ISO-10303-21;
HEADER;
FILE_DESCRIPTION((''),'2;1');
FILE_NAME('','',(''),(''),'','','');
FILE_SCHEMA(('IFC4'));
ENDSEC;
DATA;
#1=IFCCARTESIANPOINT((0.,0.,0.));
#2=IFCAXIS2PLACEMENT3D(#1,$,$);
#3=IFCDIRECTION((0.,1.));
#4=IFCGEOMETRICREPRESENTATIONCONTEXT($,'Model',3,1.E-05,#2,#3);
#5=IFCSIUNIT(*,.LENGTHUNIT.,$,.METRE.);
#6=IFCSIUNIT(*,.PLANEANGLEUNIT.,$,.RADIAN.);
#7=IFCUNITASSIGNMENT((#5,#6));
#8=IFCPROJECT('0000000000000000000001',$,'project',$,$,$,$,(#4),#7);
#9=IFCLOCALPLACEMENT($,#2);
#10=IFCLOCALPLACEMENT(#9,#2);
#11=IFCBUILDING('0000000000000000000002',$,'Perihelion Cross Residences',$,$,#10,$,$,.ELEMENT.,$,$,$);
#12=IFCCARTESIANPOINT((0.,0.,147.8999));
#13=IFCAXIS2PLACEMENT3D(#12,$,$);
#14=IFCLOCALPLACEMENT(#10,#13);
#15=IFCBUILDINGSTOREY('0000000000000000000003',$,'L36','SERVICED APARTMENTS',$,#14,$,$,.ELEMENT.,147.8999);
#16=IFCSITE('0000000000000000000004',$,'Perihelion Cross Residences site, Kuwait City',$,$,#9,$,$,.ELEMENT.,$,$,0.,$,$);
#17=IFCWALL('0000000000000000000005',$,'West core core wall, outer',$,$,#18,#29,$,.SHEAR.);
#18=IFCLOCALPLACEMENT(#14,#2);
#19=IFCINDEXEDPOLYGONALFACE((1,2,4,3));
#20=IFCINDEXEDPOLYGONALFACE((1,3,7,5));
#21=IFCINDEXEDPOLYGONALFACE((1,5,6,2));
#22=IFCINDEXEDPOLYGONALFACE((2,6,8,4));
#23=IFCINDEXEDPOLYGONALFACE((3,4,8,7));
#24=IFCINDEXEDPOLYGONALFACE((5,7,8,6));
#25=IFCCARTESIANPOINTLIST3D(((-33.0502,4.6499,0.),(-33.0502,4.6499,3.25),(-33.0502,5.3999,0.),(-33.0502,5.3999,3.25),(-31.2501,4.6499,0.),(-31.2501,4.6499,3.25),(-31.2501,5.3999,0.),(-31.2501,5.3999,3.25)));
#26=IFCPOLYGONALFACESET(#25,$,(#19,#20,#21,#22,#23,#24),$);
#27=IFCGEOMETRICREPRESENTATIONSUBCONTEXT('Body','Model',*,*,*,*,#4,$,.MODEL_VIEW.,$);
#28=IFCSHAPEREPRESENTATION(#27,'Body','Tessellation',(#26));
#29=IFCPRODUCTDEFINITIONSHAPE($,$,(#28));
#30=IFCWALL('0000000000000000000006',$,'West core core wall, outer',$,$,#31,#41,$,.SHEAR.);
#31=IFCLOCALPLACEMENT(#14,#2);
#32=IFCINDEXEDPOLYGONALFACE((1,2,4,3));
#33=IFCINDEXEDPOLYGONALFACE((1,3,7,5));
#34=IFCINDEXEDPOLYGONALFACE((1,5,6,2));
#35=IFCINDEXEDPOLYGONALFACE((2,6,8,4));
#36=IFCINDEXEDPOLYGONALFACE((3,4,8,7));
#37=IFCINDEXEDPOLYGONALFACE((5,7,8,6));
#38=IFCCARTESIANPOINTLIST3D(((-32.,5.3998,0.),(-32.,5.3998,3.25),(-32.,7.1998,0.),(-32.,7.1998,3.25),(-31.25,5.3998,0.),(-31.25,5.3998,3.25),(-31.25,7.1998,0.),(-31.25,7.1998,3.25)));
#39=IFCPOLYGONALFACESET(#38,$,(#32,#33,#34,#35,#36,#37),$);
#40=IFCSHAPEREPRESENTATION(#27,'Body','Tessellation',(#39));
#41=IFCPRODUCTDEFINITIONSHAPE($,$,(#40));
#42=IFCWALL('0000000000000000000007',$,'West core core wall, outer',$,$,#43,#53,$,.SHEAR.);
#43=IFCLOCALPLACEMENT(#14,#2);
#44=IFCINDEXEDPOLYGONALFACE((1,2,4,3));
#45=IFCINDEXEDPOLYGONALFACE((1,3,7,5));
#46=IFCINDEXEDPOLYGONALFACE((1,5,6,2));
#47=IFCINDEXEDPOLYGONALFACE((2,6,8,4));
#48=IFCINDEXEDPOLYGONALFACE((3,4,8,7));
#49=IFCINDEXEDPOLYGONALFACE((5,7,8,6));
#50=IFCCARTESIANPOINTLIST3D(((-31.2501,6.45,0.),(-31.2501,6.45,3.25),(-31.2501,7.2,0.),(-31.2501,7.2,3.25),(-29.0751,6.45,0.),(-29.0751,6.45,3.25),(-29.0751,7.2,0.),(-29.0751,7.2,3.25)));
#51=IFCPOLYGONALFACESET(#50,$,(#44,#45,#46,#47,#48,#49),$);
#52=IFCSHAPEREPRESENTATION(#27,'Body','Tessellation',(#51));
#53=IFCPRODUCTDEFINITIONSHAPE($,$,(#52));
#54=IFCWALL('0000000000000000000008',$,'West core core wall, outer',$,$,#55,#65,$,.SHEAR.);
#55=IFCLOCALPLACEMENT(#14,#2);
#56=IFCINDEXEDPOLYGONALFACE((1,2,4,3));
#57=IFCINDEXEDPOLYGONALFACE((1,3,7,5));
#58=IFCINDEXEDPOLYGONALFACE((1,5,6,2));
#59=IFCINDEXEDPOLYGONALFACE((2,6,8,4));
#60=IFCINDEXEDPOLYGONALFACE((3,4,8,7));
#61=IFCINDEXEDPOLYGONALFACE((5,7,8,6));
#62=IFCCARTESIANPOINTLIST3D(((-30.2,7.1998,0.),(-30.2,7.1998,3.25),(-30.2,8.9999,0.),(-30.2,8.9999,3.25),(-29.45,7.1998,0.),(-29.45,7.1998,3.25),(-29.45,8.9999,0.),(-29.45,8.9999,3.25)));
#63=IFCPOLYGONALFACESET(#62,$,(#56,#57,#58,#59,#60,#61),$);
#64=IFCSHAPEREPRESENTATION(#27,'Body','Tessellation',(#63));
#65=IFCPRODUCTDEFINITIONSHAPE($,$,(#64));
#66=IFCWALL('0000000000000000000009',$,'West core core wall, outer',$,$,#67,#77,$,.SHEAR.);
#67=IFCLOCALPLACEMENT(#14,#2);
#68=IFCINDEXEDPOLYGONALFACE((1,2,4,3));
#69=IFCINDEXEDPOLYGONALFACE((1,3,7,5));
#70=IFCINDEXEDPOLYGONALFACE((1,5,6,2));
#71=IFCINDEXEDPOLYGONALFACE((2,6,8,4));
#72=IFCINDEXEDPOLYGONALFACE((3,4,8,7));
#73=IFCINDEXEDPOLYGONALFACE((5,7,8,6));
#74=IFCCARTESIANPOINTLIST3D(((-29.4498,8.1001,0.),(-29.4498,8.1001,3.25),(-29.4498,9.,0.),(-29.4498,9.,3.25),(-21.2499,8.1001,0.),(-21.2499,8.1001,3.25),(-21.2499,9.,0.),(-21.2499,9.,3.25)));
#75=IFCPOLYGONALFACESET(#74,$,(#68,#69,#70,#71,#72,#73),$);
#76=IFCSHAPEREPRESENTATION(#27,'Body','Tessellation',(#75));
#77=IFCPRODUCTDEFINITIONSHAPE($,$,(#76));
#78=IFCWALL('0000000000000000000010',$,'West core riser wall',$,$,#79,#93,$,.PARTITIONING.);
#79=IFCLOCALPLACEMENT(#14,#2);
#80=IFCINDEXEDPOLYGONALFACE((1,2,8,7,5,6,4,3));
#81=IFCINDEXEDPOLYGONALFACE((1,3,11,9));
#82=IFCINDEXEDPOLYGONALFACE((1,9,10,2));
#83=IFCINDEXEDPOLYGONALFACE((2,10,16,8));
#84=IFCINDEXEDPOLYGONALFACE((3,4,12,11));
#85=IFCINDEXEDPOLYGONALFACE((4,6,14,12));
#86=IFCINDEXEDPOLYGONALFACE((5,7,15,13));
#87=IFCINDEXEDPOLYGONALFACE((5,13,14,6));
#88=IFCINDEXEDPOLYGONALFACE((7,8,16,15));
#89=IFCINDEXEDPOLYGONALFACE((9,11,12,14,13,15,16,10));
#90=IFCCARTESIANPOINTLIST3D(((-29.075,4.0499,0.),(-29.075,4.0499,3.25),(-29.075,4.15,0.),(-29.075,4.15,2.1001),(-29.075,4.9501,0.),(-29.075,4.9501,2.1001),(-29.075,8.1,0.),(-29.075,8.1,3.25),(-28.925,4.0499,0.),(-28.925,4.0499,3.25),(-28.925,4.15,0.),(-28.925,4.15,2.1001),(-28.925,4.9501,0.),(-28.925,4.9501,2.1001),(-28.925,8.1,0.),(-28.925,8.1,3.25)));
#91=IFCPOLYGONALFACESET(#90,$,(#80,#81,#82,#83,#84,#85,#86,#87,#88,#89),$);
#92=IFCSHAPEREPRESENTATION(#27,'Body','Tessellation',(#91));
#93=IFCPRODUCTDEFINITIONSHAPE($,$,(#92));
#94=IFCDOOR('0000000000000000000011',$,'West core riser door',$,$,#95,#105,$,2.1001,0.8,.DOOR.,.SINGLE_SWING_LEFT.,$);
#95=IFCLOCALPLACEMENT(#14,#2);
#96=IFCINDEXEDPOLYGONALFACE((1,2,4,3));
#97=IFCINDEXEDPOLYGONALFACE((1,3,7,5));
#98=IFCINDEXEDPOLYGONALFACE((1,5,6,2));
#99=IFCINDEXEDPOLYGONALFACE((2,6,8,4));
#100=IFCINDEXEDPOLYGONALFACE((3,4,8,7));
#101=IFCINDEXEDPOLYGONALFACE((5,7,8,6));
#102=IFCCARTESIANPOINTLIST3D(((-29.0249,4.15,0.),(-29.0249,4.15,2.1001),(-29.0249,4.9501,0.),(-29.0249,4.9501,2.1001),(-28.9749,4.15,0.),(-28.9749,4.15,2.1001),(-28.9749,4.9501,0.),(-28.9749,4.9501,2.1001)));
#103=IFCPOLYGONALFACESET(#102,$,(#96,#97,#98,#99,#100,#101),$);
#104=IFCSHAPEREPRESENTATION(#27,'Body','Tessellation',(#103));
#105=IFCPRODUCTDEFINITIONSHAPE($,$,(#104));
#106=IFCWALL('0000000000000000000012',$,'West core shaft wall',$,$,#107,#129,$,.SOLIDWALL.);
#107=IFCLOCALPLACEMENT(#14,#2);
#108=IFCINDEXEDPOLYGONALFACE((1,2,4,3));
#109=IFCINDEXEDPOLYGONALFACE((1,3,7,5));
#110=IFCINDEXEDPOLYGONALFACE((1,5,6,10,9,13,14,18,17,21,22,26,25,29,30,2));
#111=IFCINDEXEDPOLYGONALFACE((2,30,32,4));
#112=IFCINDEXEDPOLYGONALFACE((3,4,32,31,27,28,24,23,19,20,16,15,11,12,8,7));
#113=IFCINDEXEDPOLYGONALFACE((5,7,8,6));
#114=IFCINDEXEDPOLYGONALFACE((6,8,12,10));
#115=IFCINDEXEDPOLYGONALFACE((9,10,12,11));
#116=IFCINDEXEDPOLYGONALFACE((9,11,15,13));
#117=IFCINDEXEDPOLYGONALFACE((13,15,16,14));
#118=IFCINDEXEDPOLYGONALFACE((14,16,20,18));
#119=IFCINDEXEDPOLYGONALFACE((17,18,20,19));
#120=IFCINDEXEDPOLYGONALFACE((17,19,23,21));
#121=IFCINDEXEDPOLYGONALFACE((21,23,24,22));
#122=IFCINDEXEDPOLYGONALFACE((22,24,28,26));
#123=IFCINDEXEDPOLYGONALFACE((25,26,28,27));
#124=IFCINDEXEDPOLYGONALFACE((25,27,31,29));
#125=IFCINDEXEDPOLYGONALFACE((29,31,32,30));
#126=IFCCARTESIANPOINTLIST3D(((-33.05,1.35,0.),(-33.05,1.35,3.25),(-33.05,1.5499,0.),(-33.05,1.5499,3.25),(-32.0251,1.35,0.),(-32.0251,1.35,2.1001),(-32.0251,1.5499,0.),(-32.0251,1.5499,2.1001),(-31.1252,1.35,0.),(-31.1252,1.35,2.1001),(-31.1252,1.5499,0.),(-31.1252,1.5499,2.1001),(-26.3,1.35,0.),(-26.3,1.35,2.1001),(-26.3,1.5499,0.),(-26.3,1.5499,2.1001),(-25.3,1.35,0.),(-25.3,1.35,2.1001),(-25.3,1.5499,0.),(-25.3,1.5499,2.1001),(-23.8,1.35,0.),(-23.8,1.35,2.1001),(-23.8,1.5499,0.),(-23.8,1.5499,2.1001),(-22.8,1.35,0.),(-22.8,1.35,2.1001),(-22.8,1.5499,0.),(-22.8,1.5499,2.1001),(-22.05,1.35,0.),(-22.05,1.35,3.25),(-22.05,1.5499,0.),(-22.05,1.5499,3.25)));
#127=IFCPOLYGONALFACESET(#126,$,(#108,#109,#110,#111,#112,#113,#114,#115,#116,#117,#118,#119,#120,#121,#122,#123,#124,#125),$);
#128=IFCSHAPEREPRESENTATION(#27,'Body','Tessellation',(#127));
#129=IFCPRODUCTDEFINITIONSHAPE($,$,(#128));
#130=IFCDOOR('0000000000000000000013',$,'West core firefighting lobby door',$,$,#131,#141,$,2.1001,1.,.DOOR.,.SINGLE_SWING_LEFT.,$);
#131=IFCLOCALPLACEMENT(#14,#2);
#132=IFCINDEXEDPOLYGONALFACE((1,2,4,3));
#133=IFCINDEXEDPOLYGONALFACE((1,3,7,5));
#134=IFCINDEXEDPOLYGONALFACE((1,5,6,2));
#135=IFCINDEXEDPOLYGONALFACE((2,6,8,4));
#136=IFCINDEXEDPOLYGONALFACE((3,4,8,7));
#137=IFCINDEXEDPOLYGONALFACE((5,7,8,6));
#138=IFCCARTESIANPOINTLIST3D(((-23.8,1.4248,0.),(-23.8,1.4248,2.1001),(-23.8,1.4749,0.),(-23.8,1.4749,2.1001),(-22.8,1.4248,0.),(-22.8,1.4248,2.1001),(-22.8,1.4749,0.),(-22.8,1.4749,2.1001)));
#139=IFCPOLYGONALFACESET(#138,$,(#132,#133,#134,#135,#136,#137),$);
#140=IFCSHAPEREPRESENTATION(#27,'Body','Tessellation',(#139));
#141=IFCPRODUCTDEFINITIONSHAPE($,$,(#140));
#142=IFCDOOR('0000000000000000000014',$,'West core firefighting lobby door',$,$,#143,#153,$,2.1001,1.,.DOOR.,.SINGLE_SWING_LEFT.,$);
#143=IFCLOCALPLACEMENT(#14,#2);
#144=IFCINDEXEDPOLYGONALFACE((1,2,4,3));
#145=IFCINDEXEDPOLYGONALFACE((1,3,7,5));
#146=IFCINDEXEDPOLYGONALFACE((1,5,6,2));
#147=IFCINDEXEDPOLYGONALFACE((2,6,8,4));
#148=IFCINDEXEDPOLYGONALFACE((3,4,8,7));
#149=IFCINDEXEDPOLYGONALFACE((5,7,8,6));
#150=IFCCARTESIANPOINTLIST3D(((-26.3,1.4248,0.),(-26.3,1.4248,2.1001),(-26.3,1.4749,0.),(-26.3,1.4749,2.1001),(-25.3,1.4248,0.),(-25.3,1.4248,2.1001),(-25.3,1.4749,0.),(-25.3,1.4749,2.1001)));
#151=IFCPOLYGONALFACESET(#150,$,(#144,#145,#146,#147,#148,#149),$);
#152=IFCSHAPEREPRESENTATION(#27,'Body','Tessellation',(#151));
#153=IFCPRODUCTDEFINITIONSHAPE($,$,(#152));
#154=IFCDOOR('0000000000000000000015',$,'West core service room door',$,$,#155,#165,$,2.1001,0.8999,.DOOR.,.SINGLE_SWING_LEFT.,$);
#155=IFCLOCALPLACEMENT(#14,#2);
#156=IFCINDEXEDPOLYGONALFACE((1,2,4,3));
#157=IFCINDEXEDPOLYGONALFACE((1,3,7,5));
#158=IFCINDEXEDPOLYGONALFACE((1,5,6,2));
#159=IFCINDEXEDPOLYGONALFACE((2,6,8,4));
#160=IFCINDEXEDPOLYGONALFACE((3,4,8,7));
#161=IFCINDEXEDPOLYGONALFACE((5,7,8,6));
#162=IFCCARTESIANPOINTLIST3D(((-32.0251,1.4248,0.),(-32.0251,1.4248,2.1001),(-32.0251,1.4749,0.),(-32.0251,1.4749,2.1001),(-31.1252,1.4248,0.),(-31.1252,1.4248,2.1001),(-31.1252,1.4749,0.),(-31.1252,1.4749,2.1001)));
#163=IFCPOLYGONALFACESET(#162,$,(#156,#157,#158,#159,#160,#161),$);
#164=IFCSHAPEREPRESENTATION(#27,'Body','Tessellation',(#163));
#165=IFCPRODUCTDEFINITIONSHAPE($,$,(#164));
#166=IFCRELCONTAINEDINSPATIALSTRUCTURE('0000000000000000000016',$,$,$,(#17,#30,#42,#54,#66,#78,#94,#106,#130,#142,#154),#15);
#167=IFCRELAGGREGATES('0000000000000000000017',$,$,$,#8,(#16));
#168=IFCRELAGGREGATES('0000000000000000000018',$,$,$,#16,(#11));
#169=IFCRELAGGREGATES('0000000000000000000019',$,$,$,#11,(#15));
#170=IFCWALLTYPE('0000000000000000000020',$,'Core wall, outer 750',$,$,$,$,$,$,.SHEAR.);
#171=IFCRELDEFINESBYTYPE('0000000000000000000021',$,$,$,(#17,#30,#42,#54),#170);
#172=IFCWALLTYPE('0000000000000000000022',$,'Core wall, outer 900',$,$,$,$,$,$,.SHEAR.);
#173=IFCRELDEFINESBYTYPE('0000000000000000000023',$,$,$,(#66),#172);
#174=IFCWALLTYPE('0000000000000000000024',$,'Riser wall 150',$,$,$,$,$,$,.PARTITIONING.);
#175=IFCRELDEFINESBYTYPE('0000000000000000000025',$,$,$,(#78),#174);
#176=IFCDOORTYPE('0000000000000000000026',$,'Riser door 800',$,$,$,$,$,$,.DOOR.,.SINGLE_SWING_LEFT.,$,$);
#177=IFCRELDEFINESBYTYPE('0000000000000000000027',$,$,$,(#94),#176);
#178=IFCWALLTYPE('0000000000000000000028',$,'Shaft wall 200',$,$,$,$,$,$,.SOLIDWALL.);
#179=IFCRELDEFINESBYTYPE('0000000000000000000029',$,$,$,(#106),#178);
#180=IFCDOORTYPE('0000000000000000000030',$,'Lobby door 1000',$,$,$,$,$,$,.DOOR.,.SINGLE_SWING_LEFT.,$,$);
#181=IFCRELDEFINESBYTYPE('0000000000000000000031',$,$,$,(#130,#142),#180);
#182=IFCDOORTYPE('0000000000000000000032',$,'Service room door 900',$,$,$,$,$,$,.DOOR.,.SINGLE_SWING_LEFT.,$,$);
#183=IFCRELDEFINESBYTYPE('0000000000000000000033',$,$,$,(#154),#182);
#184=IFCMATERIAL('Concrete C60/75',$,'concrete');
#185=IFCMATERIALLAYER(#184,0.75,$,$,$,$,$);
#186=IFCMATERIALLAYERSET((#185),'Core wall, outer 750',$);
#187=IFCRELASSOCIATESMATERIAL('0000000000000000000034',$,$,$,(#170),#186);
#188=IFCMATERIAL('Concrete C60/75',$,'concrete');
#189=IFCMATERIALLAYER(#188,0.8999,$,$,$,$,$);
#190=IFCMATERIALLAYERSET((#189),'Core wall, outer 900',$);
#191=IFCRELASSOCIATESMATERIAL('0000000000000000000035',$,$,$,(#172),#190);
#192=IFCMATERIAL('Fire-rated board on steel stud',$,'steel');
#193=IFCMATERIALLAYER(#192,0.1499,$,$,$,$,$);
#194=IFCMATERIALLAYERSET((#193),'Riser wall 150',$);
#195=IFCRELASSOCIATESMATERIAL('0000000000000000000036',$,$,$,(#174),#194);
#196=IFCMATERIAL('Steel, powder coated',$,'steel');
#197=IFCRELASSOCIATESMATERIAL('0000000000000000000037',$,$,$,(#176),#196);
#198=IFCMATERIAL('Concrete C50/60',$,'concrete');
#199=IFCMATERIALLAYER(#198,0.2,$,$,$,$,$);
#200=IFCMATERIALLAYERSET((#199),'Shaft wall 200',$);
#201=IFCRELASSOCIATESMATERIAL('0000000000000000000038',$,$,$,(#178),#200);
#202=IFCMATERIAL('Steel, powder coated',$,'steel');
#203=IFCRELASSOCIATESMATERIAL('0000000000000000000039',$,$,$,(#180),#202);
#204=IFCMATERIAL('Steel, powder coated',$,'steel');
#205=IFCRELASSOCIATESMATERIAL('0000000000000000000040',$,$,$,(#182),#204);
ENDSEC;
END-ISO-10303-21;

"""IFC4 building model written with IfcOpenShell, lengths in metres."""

from ifc_helpers import new_model, si_unit, direction, frame, frame_2d, origin, place, context, subcontext, project, spatial, rectangle, extrude, material, layer, layer_set, type_object, element, fill, save


model = new_model("IFC4")

# Units and contexts
model_context = context("Model", 3, precision=1e-05, world=origin(), true_north=direction((0.0, 1.0)))
body_context = subcontext(model_context, "Body", "Model", "MODEL_VIEW")
ifc_project = project(units=[si_unit("LENGTHUNIT", "METRE"), si_unit("PLANEANGLEUNIT", "RADIAN")], contexts=[model_context])

# Site, building, storey
site_placement = place(None, origin())
site = spatial("IfcSite", under=ifc_project, at=site_placement, Name="Perihelion Cross Residences site, Kuwait City", CompositionType="ELEMENT", RefElevation=0.0)
building_placement = place(site_placement, origin())
building = spatial("IfcBuilding", under=site, at=building_placement, Name="Perihelion Cross Residences", CompositionType="ELEMENT")
storey_placement = place(building_placement, frame((0.0, 0.0, 147.8999)))
storey = spatial("IfcBuildingStorey", under=building, at=storey_placement, Name="L36", Description="SERVICED APARTMENTS", CompositionType="ELEMENT", Elevation=147.8999)

# Walls
ifc_material_1 = material(Name="Concrete C60/75", Category="concrete")
ifc_layer_1 = layer(ifc_material_1, 0.75)
ifc_layer_set_1 = layer_set([ifc_layer_1], Name="Core wall, outer 750")
wall_type_1 = type_object("IfcWallType", Name="Core wall, outer 750", PredefinedType="SHEAR", material=ifc_layer_set_1)
for number, where, z_axis, x_axis, name in (
    (1, (-33.05, 5.0249, 0.0), (0.0, 0.0, 1.0), (1.0, 0.0, 0.0), "West core core wall, outer"),
    (2, (-31.625, 5.3999, 0.0), (0.0, 0.0, 1.0), (0.0, 1.0, 0.0), "West core core wall, outer"),
):
    element("IfcWall", number, at=place(storey_placement, frame(where, z_axis=z_axis, x_axis=x_axis)), inside=storey, type_object=wall_type_1, Name=name, PredefinedType="SHEAR", context=body_context, shape_type="SweptSolid", body=[
        extrude(rectangle(XDim=1.8, YDim=0.75, at=frame_2d((0.8999, 0.0))), origin(), (0.0, 0.0, 1.0), 3.25),
    ])
wall_1_placement = place(storey_placement, frame((-31.25, 6.825, 0.0), z_axis=(0.0, 0.0, 1.0), x_axis=(1.0, 0.0, 0.0)))
element("IfcWall", 3, at=wall_1_placement, inside=storey, type_object=wall_type_1, Name="West core core wall, outer", PredefinedType="SHEAR", context=body_context, shape_type="SweptSolid", body=[
    extrude(rectangle(XDim=2.175, YDim=0.75, at=frame_2d((1.0874, 0.0))), origin(), (0.0, 0.0, 1.0), 3.25),
])
wall_2_placement = place(storey_placement, frame((-29.825, 7.2, 0.0), z_axis=(0.0, 0.0, 1.0), x_axis=(0.0, 1.0, 0.0)))
element("IfcWall", 4, at=wall_2_placement, inside=storey, type_object=wall_type_1, Name="West core core wall, outer", PredefinedType="SHEAR", context=body_context, shape_type="SweptSolid", body=[
    extrude(rectangle(XDim=1.8, YDim=0.75, at=frame_2d((0.8999, 0.0))), origin(), (0.0, 0.0, 1.0), 3.25),
])
ifc_material_2 = material(Name="Concrete C60/75", Category="concrete")
ifc_layer_2 = layer(ifc_material_2, 0.8999)
ifc_layer_set_2 = layer_set([ifc_layer_2], Name="Core wall, outer 900")
wall_type_2 = type_object("IfcWallType", Name="Core wall, outer 900", PredefinedType="SHEAR", material=ifc_layer_set_2)
wall_3_placement = place(storey_placement, frame((-29.45, 8.55, 0.0), z_axis=(0.0, 0.0, 1.0), x_axis=(1.0, 0.0, 0.0)))
element("IfcWall", 5, at=wall_3_placement, inside=storey, type_object=wall_type_2, Name="West core core wall, outer", PredefinedType="SHEAR", context=body_context, shape_type="SweptSolid", body=[
    extrude(rectangle(XDim=8.2, YDim=0.8999, at=frame_2d((4.1001, 0.0))), origin(), (0.0, 0.0, 1.0), 3.25),
])

# Wall, opening, door
ifc_material_3 = material(Name="Fire-rated board on steel stud", Category="steel")
ifc_layer_3 = layer(ifc_material_3, 0.1499)
ifc_layer_set_3 = layer_set([ifc_layer_3], Name="Riser wall 150")
wall_type_3 = type_object("IfcWallType", Name="Riser wall 150", PredefinedType="PARTITIONING", material=ifc_layer_set_3)
wall_4_placement = place(storey_placement, frame((-29.0, 4.05, 0.0), z_axis=(0.0, 0.0, 1.0), x_axis=(0.0, 1.0, 0.0)))
wall_4 = element("IfcWall", 6, at=wall_4_placement, inside=storey, type_object=wall_type_3, Name="West core riser wall", PredefinedType="PARTITIONING", context=body_context, shape_type="SweptSolid", body=[
    extrude(rectangle(XDim=4.05, YDim=0.1499, at=frame_2d((2.0249, 0.0))), origin(), (0.0, 0.0, 1.0), 3.25),
])
opening_1_placement = place(wall_4_placement, frame((0.1001, 0.0, 0.0)))
opening_1 = element("IfcOpeningElement", 7, at=opening_1_placement, cuts=wall_4, PredefinedType="OPENING", context=body_context, shape_type="SweptSolid", body=[
    extrude(rectangle(XDim=0.8, YDim=2.1001, at=frame_2d((0.3999, 1.05))), frame((0.0, 0.085, 0.0), z_axis=(0.0, -1.0, 0.0), x_axis=(1.0, 0.0, 0.0)), (0.0, 0.0, 1.0), 0.1699),
])
ifc_material_4 = material(Name="Steel, powder coated", Category="steel")
door_type_1 = type_object("IfcDoorType", Name="Riser door 800", OperationType="SINGLE_SWING_LEFT", PredefinedType="DOOR", material=ifc_material_4)
door_1_placement = place(opening_1_placement, origin())
door_1 = element("IfcDoor", 8, at=door_1_placement, inside=storey, type_object=door_type_1, Name="West core riser door", OperationType="SINGLE_SWING_LEFT", OverallHeight=2.1001, OverallWidth=0.8, PredefinedType="DOOR", context=body_context, shape_type="SweptSolid", body=[
    extrude(rectangle(XDim=0.8, YDim=2.1001, at=frame_2d((0.3999, 1.05))), frame((0.0, 0.0249, 0.0), z_axis=(0.0, -1.0, 0.0), x_axis=(1.0, 0.0, 0.0)), (0.0, 0.0, 1.0), 0.05),
])
fill(opening_1, door_1)

# Wall, openings, doors
ifc_material_5 = material(Name="Concrete C50/60", Category="concrete")
ifc_layer_4 = layer(ifc_material_5, 0.2)
ifc_layer_set_4 = layer_set([ifc_layer_4], Name="Shaft wall 200")
wall_type_4 = type_object("IfcWallType", Name="Shaft wall 200", PredefinedType="SOLIDWALL", material=ifc_layer_set_4)
wall_5_placement = place(storey_placement, frame((-33.05, 1.45, 0.0), z_axis=(0.0, 0.0, 1.0), x_axis=(1.0, 0.0, 0.0)))
wall_5 = element("IfcWall", 9, at=wall_5_placement, inside=storey, type_object=wall_type_4, Name="West core shaft wall", PredefinedType="SOLIDWALL", context=body_context, shape_type="SweptSolid", body=[
    extrude(rectangle(XDim=11.0, YDim=0.2, at=frame_2d((5.5, 0.0))), origin(), (0.0, 0.0, 1.0), 3.25),
])
opening_2_placement = place(wall_5_placement, frame((9.25, 0.0, 0.0)))
opening_2 = element("IfcOpeningElement", 10, at=opening_2_placement, cuts=wall_5, PredefinedType="OPENING", context=body_context, shape_type="SweptSolid", body=[
    extrude(rectangle(XDim=1.0, YDim=2.1001, at=frame_2d((0.5, 1.05))), frame((0.0, 0.1099, 0.0), z_axis=(0.0, -1.0, 0.0), x_axis=(1.0, 0.0, 0.0)), (0.0, 0.0, 1.0), 0.22),
])
opening_3_placement = place(wall_5_placement, frame((6.75, 0.0, 0.0)))
opening_3 = element("IfcOpeningElement", 11, at=opening_3_placement, cuts=wall_5, PredefinedType="OPENING", context=body_context, shape_type="SweptSolid", body=[
    extrude(rectangle(XDim=1.0, YDim=2.1001, at=frame_2d((0.5, 1.05))), frame((0.0, 0.1099, 0.0), z_axis=(0.0, -1.0, 0.0), x_axis=(1.0, 0.0, 0.0)), (0.0, 0.0, 1.0), 0.22),
])
opening_4_placement = place(wall_5_placement, frame((1.0249, 0.0, 0.0)))
opening_4 = element("IfcOpeningElement", 12, at=opening_4_placement, cuts=wall_5, PredefinedType="OPENING", context=body_context, shape_type="SweptSolid", body=[
    extrude(rectangle(XDim=0.8999, YDim=2.1001, at=frame_2d((0.45, 1.05))), frame((0.0, 0.1099, 0.0), z_axis=(0.0, -1.0, 0.0), x_axis=(1.0, 0.0, 0.0)), (0.0, 0.0, 1.0), 0.22),
])
ifc_material_6 = material(Name="Steel, powder coated", Category="steel")
door_type_2 = type_object("IfcDoorType", Name="Lobby door 1000", OperationType="SINGLE_SWING_LEFT", PredefinedType="DOOR", material=ifc_material_6)
door_2_placement = place(opening_2_placement, origin())
door_2 = element("IfcDoor", 13, at=door_2_placement, inside=storey, type_object=door_type_2, Name="West core firefighting lobby door", OperationType="SINGLE_SWING_LEFT", OverallHeight=2.1001, OverallWidth=1.0, PredefinedType="DOOR", context=body_context, shape_type="SweptSolid", body=[
    extrude(rectangle(XDim=1.0, YDim=2.1001, at=frame_2d((0.5, 1.05))), frame((0.0, 0.0249, 0.0), z_axis=(0.0, -1.0, 0.0), x_axis=(1.0, 0.0, 0.0)), (0.0, 0.0, 1.0), 0.05),
])
fill(opening_2, door_2)
door_3_placement = place(opening_3_placement, origin())
door_3 = element("IfcDoor", 14, at=door_3_placement, inside=storey, type_object=door_type_2, Name="West core firefighting lobby door", OperationType="SINGLE_SWING_LEFT", OverallHeight=2.1001, OverallWidth=1.0, PredefinedType="DOOR", context=body_context, shape_type="SweptSolid", body=[
    extrude(rectangle(XDim=1.0, YDim=2.1001, at=frame_2d((0.5, 1.05))), frame((0.0, 0.0249, 0.0), z_axis=(0.0, -1.0, 0.0), x_axis=(1.0, 0.0, 0.0)), (0.0, 0.0, 1.0), 0.05),
])
fill(opening_3, door_3)
ifc_material_7 = material(Name="Steel, powder coated", Category="steel")
door_type_3 = type_object("IfcDoorType", Name="Service room door 900", OperationType="SINGLE_SWING_LEFT", PredefinedType="DOOR", material=ifc_material_7)
door_4_placement = place(opening_4_placement, origin())
door_4 = element("IfcDoor", 15, at=door_4_placement, inside=storey, type_object=door_type_3, Name="West core service room door", OperationType="SINGLE_SWING_LEFT", OverallHeight=2.1001, OverallWidth=0.8999, PredefinedType="DOOR", context=body_context, shape_type="SweptSolid", body=[
    extrude(rectangle(XDim=0.8999, YDim=2.1001, at=frame_2d((0.45, 1.05))), frame((0.0, 0.0249, 0.0), z_axis=(0.0, -1.0, 0.0), x_axis=(1.0, 0.0, 0.0)), (0.0, 0.0, 1.0), 0.05),
])
fill(opening_4, door_4)

save(model, "model.ifc")
